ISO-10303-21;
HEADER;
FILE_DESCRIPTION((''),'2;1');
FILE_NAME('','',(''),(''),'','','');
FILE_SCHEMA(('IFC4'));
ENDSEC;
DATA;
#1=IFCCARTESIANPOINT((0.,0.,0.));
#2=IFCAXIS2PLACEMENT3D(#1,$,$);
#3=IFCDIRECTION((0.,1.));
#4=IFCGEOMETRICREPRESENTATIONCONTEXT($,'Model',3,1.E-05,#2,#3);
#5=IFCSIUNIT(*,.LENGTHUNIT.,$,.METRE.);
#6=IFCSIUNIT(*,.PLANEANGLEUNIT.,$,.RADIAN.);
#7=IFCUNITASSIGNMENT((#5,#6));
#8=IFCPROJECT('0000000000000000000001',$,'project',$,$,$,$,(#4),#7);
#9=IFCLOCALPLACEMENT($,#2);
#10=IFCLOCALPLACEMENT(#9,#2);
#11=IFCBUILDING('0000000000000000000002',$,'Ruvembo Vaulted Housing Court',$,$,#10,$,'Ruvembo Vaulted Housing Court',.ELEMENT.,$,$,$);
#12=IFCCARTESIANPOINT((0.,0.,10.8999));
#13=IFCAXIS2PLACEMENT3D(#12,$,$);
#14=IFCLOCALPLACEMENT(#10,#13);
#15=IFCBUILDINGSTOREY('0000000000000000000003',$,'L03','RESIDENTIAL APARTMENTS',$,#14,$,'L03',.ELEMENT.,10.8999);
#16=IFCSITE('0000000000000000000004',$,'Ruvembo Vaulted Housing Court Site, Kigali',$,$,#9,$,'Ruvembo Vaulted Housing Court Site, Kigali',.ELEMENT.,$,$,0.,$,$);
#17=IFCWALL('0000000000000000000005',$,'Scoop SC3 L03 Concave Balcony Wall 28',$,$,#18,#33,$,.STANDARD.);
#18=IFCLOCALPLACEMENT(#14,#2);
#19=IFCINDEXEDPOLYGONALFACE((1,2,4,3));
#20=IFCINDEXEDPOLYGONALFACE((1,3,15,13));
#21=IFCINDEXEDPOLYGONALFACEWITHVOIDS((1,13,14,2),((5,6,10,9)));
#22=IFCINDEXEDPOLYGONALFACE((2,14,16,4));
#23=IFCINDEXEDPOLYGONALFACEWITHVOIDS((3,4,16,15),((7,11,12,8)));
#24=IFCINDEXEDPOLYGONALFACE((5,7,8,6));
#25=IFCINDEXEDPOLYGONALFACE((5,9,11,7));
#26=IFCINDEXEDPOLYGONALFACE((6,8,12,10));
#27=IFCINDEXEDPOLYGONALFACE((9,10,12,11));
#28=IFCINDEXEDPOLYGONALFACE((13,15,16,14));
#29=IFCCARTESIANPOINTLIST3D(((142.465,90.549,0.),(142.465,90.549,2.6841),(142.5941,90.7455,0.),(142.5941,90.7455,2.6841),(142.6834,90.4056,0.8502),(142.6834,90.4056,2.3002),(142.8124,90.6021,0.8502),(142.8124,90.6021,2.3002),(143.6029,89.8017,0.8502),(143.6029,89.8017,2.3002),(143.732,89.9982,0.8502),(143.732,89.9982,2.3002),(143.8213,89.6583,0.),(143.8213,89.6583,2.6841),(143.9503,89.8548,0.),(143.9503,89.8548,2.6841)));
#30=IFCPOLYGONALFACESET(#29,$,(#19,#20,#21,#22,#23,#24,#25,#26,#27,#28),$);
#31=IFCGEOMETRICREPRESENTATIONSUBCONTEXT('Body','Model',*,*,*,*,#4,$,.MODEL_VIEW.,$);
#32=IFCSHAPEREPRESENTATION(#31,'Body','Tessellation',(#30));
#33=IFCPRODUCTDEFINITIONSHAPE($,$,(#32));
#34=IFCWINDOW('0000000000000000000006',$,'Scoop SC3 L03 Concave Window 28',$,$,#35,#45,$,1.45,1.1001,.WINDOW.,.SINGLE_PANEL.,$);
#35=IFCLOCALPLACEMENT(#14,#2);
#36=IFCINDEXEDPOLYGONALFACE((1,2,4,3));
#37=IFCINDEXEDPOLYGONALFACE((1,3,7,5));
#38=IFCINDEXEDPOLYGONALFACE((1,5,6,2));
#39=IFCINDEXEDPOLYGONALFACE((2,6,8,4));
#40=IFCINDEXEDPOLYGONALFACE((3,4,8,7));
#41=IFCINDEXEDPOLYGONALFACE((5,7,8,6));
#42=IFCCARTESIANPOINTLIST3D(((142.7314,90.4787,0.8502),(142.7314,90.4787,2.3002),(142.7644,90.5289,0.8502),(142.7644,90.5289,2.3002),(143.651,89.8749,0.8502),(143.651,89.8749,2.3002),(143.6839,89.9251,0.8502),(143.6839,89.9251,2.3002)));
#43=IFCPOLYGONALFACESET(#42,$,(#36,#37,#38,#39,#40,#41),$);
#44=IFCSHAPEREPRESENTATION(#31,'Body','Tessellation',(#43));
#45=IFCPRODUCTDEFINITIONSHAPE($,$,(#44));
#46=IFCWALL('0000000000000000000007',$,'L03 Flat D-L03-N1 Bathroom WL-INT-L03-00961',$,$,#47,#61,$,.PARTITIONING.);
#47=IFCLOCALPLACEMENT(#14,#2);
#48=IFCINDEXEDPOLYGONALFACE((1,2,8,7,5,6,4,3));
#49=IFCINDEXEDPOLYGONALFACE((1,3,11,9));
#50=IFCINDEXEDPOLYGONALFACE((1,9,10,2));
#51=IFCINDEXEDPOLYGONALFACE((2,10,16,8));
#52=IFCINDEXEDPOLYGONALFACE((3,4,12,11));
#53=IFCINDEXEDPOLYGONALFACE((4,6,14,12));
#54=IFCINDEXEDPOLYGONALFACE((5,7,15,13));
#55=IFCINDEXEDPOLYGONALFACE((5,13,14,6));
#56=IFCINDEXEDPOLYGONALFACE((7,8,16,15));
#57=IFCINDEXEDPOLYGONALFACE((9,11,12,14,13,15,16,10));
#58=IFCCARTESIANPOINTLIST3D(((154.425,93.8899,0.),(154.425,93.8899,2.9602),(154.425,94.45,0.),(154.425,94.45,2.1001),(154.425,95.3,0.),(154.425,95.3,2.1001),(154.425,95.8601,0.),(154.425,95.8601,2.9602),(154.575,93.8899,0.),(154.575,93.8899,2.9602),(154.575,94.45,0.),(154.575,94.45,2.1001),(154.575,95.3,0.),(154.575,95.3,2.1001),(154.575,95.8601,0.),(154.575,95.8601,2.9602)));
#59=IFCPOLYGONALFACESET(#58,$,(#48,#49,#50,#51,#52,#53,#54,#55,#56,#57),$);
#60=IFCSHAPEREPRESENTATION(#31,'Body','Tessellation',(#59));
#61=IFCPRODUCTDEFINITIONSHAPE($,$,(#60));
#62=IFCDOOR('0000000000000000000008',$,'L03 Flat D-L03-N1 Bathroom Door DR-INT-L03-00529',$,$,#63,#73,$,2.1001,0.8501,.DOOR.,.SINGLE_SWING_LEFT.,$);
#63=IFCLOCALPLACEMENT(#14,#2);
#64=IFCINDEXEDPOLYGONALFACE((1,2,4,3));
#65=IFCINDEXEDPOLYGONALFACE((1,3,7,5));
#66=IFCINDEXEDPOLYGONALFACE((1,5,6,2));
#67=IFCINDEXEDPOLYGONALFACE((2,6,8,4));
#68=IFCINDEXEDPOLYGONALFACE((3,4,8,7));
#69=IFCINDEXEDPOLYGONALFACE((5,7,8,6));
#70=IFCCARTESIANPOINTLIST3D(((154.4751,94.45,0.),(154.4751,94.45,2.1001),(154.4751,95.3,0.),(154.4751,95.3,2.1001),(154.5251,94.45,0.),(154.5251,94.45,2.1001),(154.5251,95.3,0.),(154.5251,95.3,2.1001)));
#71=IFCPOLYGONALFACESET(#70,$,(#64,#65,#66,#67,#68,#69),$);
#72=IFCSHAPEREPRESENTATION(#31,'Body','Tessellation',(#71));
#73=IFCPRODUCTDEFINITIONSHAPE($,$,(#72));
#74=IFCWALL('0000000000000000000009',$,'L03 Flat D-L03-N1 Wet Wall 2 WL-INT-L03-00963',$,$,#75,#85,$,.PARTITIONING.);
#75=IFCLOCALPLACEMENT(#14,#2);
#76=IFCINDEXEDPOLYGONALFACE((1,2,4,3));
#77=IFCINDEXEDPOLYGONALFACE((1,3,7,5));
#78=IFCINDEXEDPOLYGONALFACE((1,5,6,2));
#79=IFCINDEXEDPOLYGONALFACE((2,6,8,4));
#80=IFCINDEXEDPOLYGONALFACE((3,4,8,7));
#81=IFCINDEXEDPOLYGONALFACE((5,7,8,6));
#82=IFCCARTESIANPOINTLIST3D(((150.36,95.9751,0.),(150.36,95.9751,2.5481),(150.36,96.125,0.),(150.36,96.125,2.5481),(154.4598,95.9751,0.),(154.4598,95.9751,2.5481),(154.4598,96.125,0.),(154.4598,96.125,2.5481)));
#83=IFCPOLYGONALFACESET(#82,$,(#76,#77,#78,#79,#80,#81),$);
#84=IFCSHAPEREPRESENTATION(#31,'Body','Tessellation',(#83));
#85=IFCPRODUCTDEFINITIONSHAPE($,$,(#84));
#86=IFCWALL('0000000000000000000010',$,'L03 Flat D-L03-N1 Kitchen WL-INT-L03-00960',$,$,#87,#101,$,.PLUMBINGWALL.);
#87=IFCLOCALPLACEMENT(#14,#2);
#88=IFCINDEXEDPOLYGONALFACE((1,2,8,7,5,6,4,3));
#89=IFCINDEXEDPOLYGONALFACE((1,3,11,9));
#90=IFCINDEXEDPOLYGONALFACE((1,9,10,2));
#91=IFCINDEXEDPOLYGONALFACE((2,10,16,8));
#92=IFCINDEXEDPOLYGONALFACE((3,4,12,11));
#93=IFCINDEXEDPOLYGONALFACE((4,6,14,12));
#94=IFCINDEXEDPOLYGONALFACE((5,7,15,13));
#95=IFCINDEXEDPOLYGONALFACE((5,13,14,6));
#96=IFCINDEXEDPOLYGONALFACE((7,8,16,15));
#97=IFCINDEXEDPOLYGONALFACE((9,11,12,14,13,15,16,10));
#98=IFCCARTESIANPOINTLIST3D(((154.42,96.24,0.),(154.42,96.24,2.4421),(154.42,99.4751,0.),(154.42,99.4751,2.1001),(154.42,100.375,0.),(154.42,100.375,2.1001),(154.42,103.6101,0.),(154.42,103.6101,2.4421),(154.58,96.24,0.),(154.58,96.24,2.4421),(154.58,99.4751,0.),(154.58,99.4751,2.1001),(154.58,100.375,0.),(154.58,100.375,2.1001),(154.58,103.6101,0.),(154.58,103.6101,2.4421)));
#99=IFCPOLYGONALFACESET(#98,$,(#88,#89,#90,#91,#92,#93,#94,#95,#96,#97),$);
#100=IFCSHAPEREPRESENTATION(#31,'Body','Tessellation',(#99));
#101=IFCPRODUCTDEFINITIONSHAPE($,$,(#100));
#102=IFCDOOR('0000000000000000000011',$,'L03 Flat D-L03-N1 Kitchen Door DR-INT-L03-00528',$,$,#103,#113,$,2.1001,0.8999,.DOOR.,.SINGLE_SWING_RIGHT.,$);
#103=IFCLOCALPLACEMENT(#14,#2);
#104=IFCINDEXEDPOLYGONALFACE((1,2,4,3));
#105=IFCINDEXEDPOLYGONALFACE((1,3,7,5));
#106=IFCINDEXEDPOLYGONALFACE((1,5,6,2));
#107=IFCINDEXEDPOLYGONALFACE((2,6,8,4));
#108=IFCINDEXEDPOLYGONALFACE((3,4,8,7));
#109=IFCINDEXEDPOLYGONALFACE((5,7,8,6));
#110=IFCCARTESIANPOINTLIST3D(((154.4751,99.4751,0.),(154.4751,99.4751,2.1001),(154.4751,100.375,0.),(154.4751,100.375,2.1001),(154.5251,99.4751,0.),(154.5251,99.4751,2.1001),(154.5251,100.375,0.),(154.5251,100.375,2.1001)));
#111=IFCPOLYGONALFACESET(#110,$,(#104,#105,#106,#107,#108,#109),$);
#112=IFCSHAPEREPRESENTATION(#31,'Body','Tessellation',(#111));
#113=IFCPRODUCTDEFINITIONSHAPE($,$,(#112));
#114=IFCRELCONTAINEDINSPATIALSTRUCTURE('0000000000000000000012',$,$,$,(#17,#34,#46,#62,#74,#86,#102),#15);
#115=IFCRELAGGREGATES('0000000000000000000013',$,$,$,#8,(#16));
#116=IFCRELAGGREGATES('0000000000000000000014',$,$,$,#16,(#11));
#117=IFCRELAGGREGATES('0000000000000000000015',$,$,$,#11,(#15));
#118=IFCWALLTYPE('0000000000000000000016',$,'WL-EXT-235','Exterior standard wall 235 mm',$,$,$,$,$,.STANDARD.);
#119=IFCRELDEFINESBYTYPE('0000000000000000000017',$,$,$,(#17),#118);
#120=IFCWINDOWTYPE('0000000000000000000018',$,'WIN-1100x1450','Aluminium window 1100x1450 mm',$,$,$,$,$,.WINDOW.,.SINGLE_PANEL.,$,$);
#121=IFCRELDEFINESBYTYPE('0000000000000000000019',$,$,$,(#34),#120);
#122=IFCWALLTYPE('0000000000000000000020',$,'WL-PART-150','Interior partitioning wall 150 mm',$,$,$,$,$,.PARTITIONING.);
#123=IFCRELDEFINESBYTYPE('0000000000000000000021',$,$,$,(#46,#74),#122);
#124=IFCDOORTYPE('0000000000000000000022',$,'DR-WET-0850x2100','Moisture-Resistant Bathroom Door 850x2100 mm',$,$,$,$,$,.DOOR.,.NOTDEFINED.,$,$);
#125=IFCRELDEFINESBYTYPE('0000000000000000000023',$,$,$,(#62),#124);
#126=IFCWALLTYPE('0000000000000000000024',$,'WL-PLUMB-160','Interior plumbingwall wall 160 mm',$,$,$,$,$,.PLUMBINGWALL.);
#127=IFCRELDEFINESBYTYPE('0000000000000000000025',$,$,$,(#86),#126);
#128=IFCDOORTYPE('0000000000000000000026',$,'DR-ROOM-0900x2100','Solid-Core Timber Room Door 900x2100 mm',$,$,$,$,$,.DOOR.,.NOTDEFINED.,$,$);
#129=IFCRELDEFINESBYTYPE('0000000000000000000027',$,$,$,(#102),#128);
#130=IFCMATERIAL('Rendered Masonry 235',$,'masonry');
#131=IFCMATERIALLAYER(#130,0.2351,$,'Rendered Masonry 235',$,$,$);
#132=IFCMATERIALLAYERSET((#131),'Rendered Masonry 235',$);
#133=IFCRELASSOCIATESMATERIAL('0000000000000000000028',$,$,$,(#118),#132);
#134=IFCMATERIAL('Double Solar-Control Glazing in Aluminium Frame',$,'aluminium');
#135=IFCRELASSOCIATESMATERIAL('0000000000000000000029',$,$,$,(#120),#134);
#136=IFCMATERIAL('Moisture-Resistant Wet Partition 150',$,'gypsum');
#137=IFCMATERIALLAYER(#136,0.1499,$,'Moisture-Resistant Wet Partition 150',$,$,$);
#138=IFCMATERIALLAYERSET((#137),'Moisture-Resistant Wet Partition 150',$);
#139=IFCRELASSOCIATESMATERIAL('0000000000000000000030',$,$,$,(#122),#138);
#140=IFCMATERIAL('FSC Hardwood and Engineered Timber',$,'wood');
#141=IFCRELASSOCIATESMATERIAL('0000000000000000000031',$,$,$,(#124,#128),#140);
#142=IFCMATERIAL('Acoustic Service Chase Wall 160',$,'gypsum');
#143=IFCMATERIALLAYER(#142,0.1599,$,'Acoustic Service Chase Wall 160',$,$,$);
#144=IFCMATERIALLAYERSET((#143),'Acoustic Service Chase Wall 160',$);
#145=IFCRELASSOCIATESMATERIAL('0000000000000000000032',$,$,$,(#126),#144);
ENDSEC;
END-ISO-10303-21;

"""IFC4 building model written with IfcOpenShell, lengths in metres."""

from ifc_helpers import new_model, si_unit, direction, frame, frame_2d, origin, place, context, subcontext, project, spatial, rectangle, extrude, material, layer, layer_set, type_object, element, fill, save


model = new_model("IFC4")

# Units and contexts
model_context = context("Model", 3, precision=1e-05, world=origin(), true_north=direction((0.0, 1.0)))
body_context = subcontext(model_context, "Body", "Model", "MODEL_VIEW")
ifc_project = project(units=[si_unit("LENGTHUNIT", "METRE"), si_unit("PLANEANGLEUNIT", "RADIAN")], contexts=[model_context])

# Site, building, storey
site_placement = place(None, origin())
site = spatial("IfcSite", under=ifc_project, at=site_placement, Name="Ruvembo Vaulted Housing Court Site, Kigali", LongName="Ruvembo Vaulted Housing Court Site, Kigali", CompositionType="ELEMENT", RefElevation=0.0)
building_placement = place(site_placement, origin())
building = spatial("IfcBuilding", under=site, at=building_placement, Name="Ruvembo Vaulted Housing Court", LongName="Ruvembo Vaulted Housing Court", CompositionType="ELEMENT")
storey_placement = place(building_placement, frame((0.0, 0.0, 10.8999)))
storey = spatial("IfcBuildingStorey", under=building, at=storey_placement, Name="L03", Description="RESIDENTIAL APARTMENTS", LongName="L03", CompositionType="ELEMENT", Elevation=10.8999)

# Shared definitions
ifc_material_1 = material(Name="FSC Hardwood and Engineered Timber", Category="wood")

# Wall, opening, window
ifc_material_2 = material(Name="Rendered Masonry 235", Category="masonry")
ifc_layer_1 = layer(ifc_material_2, 0.2351, Name="Rendered Masonry 235")
ifc_layer_set_1 = layer_set([ifc_layer_1], Name="Rendered Masonry 235")
wall_type_1 = type_object("IfcWallType", Name="WL-EXT-235", Description="Exterior standard wall 235 mm", PredefinedType="STANDARD", material=ifc_layer_set_1)
wall_1_placement = place(storey_placement, frame((142.5295, 90.6472, 0.0), z_axis=(0.0, 0.0, 1.0), x_axis=(0.835873, -0.548923, 0.0)))
wall_1 = element("IfcWall", 1, at=wall_1_placement, inside=storey, type_object=wall_type_1, Name="Scoop SC3 L03 Concave Balcony Wall 28", PredefinedType="STANDARD", context=body_context, shape_type="SweptSolid", body=[
    extrude(rectangle(XDim=1.6226, YDim=0.2351, at=frame_2d((0.8113, 0.0))), origin(), (0.0, 0.0, 1.0), 2.6841),
])
opening_1_placement = place(wall_1_placement, frame((0.2612, 0.0, 0.8501)))
opening_1 = element("IfcOpeningElement", 2, at=opening_1_placement, cuts=wall_1, PredefinedType="OPENING", context=body_context, shape_type="SweptSolid", body=[
    extrude(rectangle(XDim=1.1001, YDim=1.45, at=frame_2d((0.55, 0.7251))), frame((0.0, 0.1274, 0.0), z_axis=(0.0, -1.0, 0.0), x_axis=(1.0, 0.0, 0.0)), (0.0, 0.0, 1.0), 0.2551),
])
ifc_material_3 = material(Name="Double Solar-Control Glazing in Aluminium Frame", Category="aluminium")
window_type_1 = type_object("IfcWindowType", Name="WIN-1100x1450", Description="Aluminium window 1100x1450 mm", PartitioningType="SINGLE_PANEL", PredefinedType="WINDOW", material=ifc_material_3)
window_1_placement = place(opening_1_placement, origin())
window_1 = element("IfcWindow", 3, at=window_1_placement, inside=storey, type_object=window_type_1, Name="Scoop SC3 L03 Concave Window 28", OverallHeight=1.45, OverallWidth=1.1001, PartitioningType="SINGLE_PANEL", PredefinedType="WINDOW", context=body_context, shape_type="SweptSolid", body=[
    extrude(rectangle(XDim=1.1001, YDim=1.45, at=frame_2d((0.55, 0.7251))), frame((0.0, 0.03, 0.0), z_axis=(0.0, -1.0, 0.0), x_axis=(1.0, 0.0, 0.0)), (0.0, 0.0, 1.0), 0.0601),
])
fill(opening_1, window_1)

# Wall, opening, door
ifc_material_4 = material(Name="Moisture-Resistant Wet Partition 150", Category="gypsum")
ifc_layer_2 = layer(ifc_material_4, 0.1499, Name="Moisture-Resistant Wet Partition 150")
ifc_layer_set_2 = layer_set([ifc_layer_2], Name="Moisture-Resistant Wet Partition 150")
wall_type_2 = type_object("IfcWallType", Name="WL-PART-150", Description="Interior partitioning wall 150 mm", PredefinedType="PARTITIONING", material=ifc_layer_set_2)
wall_2_placement = place(storey_placement, frame((154.5, 93.8899, 0.0), z_axis=(0.0, 0.0, 1.0), x_axis=(0.0, 1.0, 0.0)))
wall_2 = element("IfcWall", 4, at=wall_2_placement, inside=storey, type_object=wall_type_2, Name="L03 Flat D-L03-N1 Bathroom WL-INT-L03-00961", PredefinedType="PARTITIONING", context=body_context, shape_type="SweptSolid", body=[
    extrude(rectangle(XDim=1.9702, YDim=0.1499, at=frame_2d((0.9851, 0.0))), origin(), (0.0, 0.0, 1.0), 2.9602),
])
opening_2_placement = place(wall_2_placement, frame((0.5601, 0.0, 0.0)))
opening_2 = element("IfcOpeningElement", 5, at=opening_2_placement, cuts=wall_2, PredefinedType="OPENING", context=body_context, shape_type="SweptSolid", body=[
    extrude(rectangle(XDim=0.8501, YDim=2.1001, at=frame_2d((0.425, 1.05))), frame((0.0, 0.085, 0.0), z_axis=(0.0, -1.0, 0.0), x_axis=(1.0, 0.0, 0.0)), (0.0, 0.0, 1.0), 0.1699),
])
door_type_1 = type_object("IfcDoorType", Name="DR-WET-0850x2100", Description="Moisture-Resistant Bathroom Door 850x2100 mm", OperationType="NOTDEFINED", PredefinedType="DOOR", material=ifc_material_1)
door_1_placement = place(opening_2_placement, origin())
door_1 = element("IfcDoor", 6, at=door_1_placement, inside=storey, type_object=door_type_1, Name="L03 Flat D-L03-N1 Bathroom Door DR-INT-L03-00529", OperationType="SINGLE_SWING_LEFT", OverallHeight=2.1001, OverallWidth=0.8501, PredefinedType="DOOR", context=body_context, shape_type="SweptSolid", body=[
    extrude(rectangle(XDim=0.8501, YDim=2.1001, at=frame_2d((0.425, 1.05))), frame((0.0, 0.0249, 0.0), z_axis=(0.0, -1.0, 0.0), x_axis=(1.0, 0.0, 0.0)), (0.0, 0.0, 1.0), 0.05),
])
fill(opening_2, door_1)

# Wall
wall_3_placement = place(storey_placement, frame((150.3601, 96.05, 0.0), z_axis=(0.0, 0.0, 1.0), x_axis=(1.0, 0.0, 0.0)))
element("IfcWall", 7, at=wall_3_placement, inside=storey, type_object=wall_type_2, Name="L03 Flat D-L03-N1 Wet Wall 2 WL-INT-L03-00963", PredefinedType="PARTITIONING", context=body_context, shape_type="SweptSolid", body=[
    extrude(rectangle(XDim=4.0999, YDim=0.1499, at=frame_2d((2.0498, 0.0))), origin(), (0.0, 0.0, 1.0), 2.5481),
])

# Wall, opening, door
ifc_material_5 = material(Name="Acoustic Service Chase Wall 160", Category="gypsum")
ifc_layer_3 = layer(ifc_material_5, 0.1599, Name="Acoustic Service Chase Wall 160")
ifc_layer_set_3 = layer_set([ifc_layer_3], Name="Acoustic Service Chase Wall 160")
wall_type_3 = type_object("IfcWallType", Name="WL-PLUMB-160", Description="Interior plumbingwall wall 160 mm", PredefinedType="PLUMBINGWALL", material=ifc_layer_set_3)
wall_4_placement = place(storey_placement, frame((154.5, 96.24, 0.0), z_axis=(0.0, 0.0, 1.0), x_axis=(0.0, 1.0, 0.0)))
wall_4 = element("IfcWall", 8, at=wall_4_placement, inside=storey, type_object=wall_type_3, Name="L03 Flat D-L03-N1 Kitchen WL-INT-L03-00960", PredefinedType="PLUMBINGWALL", context=body_context, shape_type="SweptSolid", body=[
    extrude(rectangle(XDim=7.3701, YDim=0.1599, at=frame_2d((3.6851, 0.0))), origin(), (0.0, 0.0, 1.0), 2.4421),
])
opening_3_placement = place(wall_4_placement, frame((3.2351, 0.0, 0.0)))
opening_3 = element("IfcOpeningElement", 9, at=opening_3_placement, cuts=wall_4, PredefinedType="OPENING", context=body_context, shape_type="SweptSolid", body=[
    extrude(rectangle(XDim=0.8999, YDim=2.1001, at=frame_2d((0.45, 1.05))), frame((0.0, 0.0898, 0.0), z_axis=(0.0, -1.0, 0.0), x_axis=(1.0, 0.0, 0.0)), (0.0, 0.0, 1.0), 0.1799),
])
door_type_2 = type_object("IfcDoorType", Name="DR-ROOM-0900x2100", Description="Solid-Core Timber Room Door 900x2100 mm", OperationType="NOTDEFINED", PredefinedType="DOOR", material=ifc_material_1)
door_2_placement = place(opening_3_placement, origin())
door_2 = element("IfcDoor", 10, at=door_2_placement, inside=storey, type_object=door_type_2, Name="L03 Flat D-L03-N1 Kitchen Door DR-INT-L03-00528", OperationType="SINGLE_SWING_RIGHT", OverallHeight=2.1001, OverallWidth=0.8999, PredefinedType="DOOR", context=body_context, shape_type="SweptSolid", body=[
    extrude(rectangle(XDim=0.8999, YDim=2.1001, at=frame_2d((0.45, 1.05))), frame((0.0, 0.0249, 0.0), z_axis=(0.0, -1.0, 0.0), x_axis=(1.0, 0.0, 0.0)), (0.0, 0.0, 1.0), 0.05),
])
fill(opening_3, door_2)

save(model, "model.ifc")
